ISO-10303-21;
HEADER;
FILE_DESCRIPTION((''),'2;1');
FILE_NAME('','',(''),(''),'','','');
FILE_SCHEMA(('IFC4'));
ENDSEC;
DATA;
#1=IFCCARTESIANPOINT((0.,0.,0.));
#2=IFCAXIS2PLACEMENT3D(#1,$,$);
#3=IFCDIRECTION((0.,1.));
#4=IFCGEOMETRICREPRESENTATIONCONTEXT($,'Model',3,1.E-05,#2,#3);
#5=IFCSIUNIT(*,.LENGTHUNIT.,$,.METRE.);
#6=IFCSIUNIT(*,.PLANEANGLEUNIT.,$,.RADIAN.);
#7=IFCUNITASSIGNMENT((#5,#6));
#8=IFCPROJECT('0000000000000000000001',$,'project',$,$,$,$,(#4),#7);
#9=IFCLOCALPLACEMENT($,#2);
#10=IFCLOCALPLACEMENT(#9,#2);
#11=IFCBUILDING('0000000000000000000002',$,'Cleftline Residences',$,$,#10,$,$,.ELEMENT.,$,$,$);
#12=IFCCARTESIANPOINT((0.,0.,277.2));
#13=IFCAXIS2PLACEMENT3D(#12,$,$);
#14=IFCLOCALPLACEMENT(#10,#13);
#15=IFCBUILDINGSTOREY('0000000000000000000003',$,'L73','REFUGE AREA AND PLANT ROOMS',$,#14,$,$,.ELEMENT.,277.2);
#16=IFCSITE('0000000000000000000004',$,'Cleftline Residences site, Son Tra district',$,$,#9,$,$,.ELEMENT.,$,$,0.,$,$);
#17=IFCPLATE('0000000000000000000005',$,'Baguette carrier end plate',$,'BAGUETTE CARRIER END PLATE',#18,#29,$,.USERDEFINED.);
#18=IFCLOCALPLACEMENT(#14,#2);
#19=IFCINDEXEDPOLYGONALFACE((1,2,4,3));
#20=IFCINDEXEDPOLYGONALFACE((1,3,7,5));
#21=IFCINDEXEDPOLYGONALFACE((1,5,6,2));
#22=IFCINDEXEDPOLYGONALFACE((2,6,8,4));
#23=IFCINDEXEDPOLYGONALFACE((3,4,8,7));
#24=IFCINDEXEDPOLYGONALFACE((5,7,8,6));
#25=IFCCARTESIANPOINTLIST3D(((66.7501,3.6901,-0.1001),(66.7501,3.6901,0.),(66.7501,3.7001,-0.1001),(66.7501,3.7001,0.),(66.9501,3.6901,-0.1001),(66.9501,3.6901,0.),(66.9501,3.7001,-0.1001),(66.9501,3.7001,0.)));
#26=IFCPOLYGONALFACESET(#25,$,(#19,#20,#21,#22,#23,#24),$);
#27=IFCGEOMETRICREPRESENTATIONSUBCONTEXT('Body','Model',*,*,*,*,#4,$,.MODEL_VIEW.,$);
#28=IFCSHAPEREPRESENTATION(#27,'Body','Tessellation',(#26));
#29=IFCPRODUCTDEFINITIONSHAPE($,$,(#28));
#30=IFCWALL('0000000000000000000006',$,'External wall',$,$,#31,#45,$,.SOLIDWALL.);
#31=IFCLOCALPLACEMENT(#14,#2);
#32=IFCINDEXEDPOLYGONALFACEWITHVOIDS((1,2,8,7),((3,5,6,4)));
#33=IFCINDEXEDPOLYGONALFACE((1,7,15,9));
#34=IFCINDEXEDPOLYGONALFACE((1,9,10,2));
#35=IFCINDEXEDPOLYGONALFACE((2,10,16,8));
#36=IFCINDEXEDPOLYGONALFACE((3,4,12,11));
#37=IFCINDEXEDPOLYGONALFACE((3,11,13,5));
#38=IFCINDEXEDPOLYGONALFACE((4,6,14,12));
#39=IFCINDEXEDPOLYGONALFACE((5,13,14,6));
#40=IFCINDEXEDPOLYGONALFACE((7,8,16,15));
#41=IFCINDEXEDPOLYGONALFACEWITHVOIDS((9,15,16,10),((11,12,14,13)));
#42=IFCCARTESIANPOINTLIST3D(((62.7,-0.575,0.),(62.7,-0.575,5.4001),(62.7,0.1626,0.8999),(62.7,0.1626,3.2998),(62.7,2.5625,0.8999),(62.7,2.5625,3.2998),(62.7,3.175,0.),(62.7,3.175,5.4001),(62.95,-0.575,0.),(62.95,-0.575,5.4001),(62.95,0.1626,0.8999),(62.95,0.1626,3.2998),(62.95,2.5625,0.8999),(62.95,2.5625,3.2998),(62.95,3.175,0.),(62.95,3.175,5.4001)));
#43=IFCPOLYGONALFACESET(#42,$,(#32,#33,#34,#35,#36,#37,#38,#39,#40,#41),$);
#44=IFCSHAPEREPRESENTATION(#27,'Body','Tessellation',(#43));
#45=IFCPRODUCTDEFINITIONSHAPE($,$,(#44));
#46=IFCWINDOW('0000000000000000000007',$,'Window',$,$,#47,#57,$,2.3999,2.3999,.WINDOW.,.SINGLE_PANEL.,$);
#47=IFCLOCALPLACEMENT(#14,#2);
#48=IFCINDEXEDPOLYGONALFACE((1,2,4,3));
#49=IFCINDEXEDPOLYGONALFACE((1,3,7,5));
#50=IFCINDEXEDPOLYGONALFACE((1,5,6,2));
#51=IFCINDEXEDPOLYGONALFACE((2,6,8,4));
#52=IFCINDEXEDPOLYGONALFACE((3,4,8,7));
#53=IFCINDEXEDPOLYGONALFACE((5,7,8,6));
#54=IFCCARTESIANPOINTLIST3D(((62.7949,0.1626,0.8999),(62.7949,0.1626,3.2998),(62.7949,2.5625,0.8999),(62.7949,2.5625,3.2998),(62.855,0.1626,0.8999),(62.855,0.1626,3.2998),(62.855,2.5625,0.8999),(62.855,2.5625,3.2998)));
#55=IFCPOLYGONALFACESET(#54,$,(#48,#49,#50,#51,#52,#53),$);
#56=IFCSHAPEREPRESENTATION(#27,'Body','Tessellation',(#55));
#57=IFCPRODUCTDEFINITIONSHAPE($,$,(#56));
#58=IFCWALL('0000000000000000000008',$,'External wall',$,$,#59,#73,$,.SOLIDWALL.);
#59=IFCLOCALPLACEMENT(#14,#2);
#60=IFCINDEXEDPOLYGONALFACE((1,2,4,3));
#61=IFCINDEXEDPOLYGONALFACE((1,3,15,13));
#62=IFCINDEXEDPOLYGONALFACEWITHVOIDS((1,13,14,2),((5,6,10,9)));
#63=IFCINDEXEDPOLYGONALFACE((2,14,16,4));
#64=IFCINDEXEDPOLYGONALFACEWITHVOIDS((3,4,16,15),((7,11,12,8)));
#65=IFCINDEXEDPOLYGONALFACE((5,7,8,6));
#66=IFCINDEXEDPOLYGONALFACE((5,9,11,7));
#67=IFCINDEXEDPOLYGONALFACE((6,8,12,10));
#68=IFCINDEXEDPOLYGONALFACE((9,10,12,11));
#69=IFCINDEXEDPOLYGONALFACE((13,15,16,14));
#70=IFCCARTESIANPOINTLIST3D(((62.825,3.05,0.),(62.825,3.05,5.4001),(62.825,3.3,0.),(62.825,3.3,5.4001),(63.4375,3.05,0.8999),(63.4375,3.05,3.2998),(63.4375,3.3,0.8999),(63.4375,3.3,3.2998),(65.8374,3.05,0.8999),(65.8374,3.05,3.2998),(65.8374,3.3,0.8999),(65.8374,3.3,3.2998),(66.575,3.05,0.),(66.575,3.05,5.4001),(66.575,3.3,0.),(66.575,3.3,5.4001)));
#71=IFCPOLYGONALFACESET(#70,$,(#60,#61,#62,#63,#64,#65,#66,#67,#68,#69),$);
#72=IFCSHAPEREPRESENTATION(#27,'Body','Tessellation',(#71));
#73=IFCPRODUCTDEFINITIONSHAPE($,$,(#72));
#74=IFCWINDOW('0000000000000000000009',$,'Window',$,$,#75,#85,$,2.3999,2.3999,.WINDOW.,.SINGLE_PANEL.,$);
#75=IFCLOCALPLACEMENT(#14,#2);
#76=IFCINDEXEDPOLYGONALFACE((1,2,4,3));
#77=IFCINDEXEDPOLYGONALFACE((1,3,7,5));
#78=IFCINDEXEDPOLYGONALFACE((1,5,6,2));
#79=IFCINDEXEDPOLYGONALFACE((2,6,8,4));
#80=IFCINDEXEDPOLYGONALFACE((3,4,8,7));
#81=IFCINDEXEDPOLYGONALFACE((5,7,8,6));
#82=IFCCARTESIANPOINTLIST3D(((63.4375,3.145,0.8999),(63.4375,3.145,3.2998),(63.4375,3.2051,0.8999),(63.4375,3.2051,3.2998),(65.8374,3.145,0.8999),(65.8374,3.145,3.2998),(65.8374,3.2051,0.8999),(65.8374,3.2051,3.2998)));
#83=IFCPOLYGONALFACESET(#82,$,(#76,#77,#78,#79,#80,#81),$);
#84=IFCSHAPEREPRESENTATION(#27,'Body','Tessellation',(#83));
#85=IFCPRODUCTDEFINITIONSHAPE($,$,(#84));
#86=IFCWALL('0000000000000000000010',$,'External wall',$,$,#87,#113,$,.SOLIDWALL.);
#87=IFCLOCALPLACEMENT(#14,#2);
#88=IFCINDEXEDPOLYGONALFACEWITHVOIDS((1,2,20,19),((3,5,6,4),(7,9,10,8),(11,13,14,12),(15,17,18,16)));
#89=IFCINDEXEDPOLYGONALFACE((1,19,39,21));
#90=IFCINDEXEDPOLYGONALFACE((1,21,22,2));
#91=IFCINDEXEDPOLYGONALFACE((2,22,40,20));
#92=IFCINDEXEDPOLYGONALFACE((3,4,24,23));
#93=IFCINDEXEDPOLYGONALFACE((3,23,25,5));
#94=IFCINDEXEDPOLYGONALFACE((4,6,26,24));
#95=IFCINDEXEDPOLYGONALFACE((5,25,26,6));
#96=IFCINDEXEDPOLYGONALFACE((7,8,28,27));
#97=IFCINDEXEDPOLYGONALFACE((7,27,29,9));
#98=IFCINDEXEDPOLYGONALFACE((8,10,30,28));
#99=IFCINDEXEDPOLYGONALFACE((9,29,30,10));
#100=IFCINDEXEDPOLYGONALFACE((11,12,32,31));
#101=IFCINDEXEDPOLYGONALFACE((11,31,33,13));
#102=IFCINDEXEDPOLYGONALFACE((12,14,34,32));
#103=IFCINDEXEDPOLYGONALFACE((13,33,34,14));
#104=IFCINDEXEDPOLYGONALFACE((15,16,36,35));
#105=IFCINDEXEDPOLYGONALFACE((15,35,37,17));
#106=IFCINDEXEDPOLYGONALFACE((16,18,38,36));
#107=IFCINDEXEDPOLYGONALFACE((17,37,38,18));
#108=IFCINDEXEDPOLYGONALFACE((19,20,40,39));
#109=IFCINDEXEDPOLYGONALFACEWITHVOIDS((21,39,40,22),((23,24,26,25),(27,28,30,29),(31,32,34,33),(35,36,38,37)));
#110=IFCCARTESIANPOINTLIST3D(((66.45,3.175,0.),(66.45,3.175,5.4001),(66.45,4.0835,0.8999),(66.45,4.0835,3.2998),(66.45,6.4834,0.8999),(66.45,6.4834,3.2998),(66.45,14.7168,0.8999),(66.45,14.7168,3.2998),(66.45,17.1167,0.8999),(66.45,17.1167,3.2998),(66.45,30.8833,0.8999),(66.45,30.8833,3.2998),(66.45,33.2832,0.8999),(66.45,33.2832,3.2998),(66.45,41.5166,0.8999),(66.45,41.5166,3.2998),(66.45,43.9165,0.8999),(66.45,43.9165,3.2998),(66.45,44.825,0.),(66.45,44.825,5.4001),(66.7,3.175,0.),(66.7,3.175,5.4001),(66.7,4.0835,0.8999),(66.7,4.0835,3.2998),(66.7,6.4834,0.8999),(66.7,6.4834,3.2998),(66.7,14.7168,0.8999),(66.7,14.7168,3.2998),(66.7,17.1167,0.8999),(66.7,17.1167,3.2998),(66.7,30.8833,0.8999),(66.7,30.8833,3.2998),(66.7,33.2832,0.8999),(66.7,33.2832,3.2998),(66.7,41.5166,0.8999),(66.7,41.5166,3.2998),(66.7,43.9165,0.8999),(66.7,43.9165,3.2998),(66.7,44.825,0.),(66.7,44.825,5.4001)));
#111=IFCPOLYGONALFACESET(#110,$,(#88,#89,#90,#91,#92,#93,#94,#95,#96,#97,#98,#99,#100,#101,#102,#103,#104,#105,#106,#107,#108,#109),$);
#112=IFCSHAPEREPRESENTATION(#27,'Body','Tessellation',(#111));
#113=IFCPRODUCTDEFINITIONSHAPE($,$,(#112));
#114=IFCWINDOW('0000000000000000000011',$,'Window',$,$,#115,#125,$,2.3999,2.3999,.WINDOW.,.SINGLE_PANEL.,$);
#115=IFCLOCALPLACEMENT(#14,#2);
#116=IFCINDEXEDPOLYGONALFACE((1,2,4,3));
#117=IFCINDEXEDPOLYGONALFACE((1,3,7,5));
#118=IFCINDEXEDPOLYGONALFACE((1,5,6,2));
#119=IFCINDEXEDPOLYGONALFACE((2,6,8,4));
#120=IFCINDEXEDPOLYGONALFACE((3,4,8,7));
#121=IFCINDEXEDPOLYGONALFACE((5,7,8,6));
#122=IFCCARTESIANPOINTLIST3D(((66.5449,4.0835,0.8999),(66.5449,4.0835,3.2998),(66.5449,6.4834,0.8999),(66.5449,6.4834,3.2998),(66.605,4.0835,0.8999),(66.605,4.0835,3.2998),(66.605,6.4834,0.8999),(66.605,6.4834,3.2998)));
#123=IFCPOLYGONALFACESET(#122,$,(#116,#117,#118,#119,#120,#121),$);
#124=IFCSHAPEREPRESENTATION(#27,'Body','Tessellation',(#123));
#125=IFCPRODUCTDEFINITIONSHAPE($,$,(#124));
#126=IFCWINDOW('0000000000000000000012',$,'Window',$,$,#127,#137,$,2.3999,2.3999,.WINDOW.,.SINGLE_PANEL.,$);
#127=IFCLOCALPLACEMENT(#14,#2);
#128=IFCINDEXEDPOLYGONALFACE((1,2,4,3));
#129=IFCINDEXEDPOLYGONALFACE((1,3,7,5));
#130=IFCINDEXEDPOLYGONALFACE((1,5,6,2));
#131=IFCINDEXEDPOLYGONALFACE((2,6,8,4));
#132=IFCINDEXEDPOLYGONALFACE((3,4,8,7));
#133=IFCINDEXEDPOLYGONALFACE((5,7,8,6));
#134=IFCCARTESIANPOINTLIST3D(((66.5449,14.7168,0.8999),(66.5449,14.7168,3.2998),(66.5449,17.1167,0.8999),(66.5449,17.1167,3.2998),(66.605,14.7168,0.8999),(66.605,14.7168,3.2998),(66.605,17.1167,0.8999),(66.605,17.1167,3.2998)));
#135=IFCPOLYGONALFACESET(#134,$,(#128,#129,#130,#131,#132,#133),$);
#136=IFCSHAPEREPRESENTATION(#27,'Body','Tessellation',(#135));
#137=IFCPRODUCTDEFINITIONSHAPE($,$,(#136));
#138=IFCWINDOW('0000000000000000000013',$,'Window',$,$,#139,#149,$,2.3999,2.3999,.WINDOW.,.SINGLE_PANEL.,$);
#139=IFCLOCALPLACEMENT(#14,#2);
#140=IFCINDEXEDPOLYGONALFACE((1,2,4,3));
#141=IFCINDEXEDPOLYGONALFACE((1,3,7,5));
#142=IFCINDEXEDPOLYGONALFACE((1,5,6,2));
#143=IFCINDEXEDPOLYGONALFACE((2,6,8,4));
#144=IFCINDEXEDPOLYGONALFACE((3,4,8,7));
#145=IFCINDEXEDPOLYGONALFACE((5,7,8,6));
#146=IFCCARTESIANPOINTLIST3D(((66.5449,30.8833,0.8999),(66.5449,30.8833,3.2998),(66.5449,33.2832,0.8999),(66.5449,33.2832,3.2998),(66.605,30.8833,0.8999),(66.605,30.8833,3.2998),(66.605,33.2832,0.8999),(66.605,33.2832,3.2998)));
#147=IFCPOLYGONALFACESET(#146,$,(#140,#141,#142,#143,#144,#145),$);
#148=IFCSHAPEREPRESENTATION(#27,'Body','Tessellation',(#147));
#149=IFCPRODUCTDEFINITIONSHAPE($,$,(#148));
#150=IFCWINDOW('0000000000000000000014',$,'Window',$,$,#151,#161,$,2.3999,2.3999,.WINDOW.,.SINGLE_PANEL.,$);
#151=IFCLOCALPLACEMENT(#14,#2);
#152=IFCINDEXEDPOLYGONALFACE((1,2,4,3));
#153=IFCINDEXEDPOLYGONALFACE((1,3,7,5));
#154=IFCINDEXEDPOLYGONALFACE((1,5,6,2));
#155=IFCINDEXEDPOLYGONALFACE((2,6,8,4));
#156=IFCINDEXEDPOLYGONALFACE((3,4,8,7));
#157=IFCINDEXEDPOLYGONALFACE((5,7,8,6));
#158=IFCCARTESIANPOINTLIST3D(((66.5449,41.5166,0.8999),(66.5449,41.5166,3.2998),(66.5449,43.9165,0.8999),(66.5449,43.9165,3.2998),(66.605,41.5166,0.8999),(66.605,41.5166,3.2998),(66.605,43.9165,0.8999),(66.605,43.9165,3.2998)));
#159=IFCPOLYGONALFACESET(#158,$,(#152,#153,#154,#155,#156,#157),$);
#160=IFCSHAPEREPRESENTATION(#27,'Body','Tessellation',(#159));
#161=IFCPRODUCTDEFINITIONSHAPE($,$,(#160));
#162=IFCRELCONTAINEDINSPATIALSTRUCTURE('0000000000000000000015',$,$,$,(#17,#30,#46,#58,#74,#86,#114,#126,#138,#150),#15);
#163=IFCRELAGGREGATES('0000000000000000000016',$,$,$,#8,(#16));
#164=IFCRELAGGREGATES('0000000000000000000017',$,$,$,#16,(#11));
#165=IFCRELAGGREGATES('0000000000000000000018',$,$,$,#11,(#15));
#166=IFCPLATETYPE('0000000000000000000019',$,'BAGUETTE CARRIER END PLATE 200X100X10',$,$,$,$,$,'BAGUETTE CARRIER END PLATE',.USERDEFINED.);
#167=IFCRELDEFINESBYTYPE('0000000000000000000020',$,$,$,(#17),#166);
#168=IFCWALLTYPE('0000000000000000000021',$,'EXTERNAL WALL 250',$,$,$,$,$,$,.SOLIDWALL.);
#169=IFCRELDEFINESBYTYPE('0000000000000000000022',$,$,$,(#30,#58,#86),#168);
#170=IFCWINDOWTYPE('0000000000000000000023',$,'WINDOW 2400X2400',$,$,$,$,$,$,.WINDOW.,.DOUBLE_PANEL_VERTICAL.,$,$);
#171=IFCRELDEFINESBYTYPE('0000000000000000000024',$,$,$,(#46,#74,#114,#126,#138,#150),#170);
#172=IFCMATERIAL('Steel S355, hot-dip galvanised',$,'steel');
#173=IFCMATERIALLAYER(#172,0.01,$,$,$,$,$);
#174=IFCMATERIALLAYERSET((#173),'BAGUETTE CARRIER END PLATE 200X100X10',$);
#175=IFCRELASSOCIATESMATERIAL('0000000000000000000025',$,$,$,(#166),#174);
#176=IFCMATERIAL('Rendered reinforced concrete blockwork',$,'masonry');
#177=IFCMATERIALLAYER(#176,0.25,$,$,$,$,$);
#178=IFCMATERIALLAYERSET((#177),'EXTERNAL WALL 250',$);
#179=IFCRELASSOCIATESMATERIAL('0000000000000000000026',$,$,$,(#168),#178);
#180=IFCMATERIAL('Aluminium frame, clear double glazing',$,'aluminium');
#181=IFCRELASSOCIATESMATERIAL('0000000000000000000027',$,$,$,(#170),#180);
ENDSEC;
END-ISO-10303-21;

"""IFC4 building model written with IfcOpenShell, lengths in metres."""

from ifc_helpers import new_model, si_unit, direction, frame, frame_2d, origin, origin_2d, place, context, subcontext, project, spatial, rectangle, extrude, material, layer, layer_set, type_object, element, fill, save


model = new_model("IFC4")

# Units and contexts
model_context = context("Model", 3, precision=1e-05, world=origin(), true_north=direction((0.0, 1.0)))
body_context = subcontext(model_context, "Body", "Model", "MODEL_VIEW")
ifc_project = project(units=[si_unit("LENGTHUNIT", "METRE"), si_unit("PLANEANGLEUNIT", "RADIAN")], contexts=[model_context])

# Site, building, storey
site_placement = place(None, origin())
site = spatial("IfcSite", under=ifc_project, at=site_placement, Name="Cleftline Residences site, Son Tra district", CompositionType="ELEMENT", RefElevation=0.0)
building_placement = place(site_placement, origin())
building = spatial("IfcBuilding", under=site, at=building_placement, Name="Cleftline Residences", CompositionType="ELEMENT")
storey_placement = place(building_placement, frame((0.0, 0.0, 277.2)))
storey = spatial("IfcBuildingStorey", under=building, at=storey_placement, Name="L73", Description="REFUGE AREA AND PLANT ROOMS", CompositionType="ELEMENT", Elevation=277.2)

# Plate
ifc_material_1 = material(Name="Steel S355, hot-dip galvanised", Category="steel")
ifc_layer_1 = layer(ifc_material_1, 0.01)
ifc_layer_set_1 = layer_set([ifc_layer_1], Name="BAGUETTE CARRIER END PLATE 200X100X10")
plate_type = type_object("IfcPlateType", Name="BAGUETTE CARRIER END PLATE 200X100X10", ElementType="BAGUETTE CARRIER END PLATE", PredefinedType="USERDEFINED", material=ifc_layer_set_1)
plate_placement = place(storey_placement, frame((66.8501, 3.6951, -0.1001), z_axis=(0.0, 0.0, 1.0), x_axis=(1.0, 0.0, 0.0)))
element("IfcPlate", 1, at=plate_placement, inside=storey, type_object=plate_type, Name="Baguette carrier end plate", ObjectType="BAGUETTE CARRIER END PLATE", PredefinedType="USERDEFINED", context=body_context, shape_type="SweptSolid", body=[
    extrude(rectangle(XDim=0.2, YDim=0.01, at=origin_2d()), origin(), (0.0, 0.0, 1.0), 0.1001),
])

# Walls, openings, windows
ifc_material_2 = material(Name="Rendered reinforced concrete blockwork", Category="masonry")
ifc_layer_2 = layer(ifc_material_2, 0.25)
ifc_layer_set_2 = layer_set([ifc_layer_2], Name="EXTERNAL WALL 250")
wall_type = type_object("IfcWallType", Name="EXTERNAL WALL 250", PredefinedType="SOLIDWALL", material=ifc_layer_set_2)
wall_1_placement = place(storey_placement, frame((62.825, -0.575, 0.0), z_axis=(0.0, 0.0, 1.0), x_axis=(0.0, 1.0, 0.0)))
wall_1 = element("IfcWall", 2, at=wall_1_placement, inside=storey, type_object=wall_type, Name="External wall", PredefinedType="SOLIDWALL", context=body_context, shape_type="SweptSolid", body=[
    extrude(rectangle(XDim=3.75, YDim=0.25, at=frame_2d((1.875, 0.0))), origin(), (0.0, 0.0, 1.0), 5.4001),
])
opening_1_placement = place(wall_1_placement, frame((0.7375, 0.0, 0.8999)))
opening_1 = element("IfcOpeningElement", 3, at=opening_1_placement, cuts=wall_1, PredefinedType="OPENING", context=body_context, shape_type="SweptSolid", body=[
    extrude(rectangle(XDim=2.3999, YDim=2.3999, at=frame_2d((1.2, 1.2))), frame((0.0, 0.135, 0.0), z_axis=(0.0, -1.0, 0.0), x_axis=(1.0, 0.0, 0.0)), (0.0, 0.0, 1.0), 0.27),
])
ifc_material_3 = material(Name="Aluminium frame, clear double glazing", Category="aluminium")
window_type = type_object("IfcWindowType", Name="WINDOW 2400X2400", PartitioningType="DOUBLE_PANEL_VERTICAL", PredefinedType="WINDOW", material=ifc_material_3)
window_1_placement = place(opening_1_placement, origin())
window_1 = element("IfcWindow", 4, at=window_1_placement, inside=storey, type_object=window_type, Name="Window", OverallHeight=2.3999, OverallWidth=2.3999, PartitioningType="SINGLE_PANEL", PredefinedType="WINDOW", context=body_context, shape_type="SweptSolid", body=[
    extrude(rectangle(XDim=2.3999, YDim=2.3999, at=frame_2d((1.2, 1.2))), frame((0.0, 0.03, 0.0), z_axis=(0.0, -1.0, 0.0), x_axis=(1.0, 0.0, 0.0)), (0.0, 0.0, 1.0), 0.0601),
])
fill(opening_1, window_1)
wall_2_placement = place(storey_placement, frame((62.825, 3.175, 0.0), z_axis=(0.0, 0.0, 1.0), x_axis=(1.0, 0.0, 0.0)))
wall_2 = element("IfcWall", 5, at=wall_2_placement, inside=storey, type_object=wall_type, Name="External wall", PredefinedType="SOLIDWALL", context=body_context, shape_type="SweptSolid", body=[
    extrude(rectangle(XDim=3.75, YDim=0.25, at=frame_2d((1.875, 0.0))), origin(), (0.0, 0.0, 1.0), 5.4001),
])
opening_2_placement = place(wall_2_placement, frame((0.6125, 0.0, 0.8999)))
opening_2 = element("IfcOpeningElement", 6, at=opening_2_placement, cuts=wall_2, PredefinedType="OPENING", context=body_context, shape_type="SweptSolid", body=[
    extrude(rectangle(XDim=2.3999, YDim=2.3999, at=frame_2d((1.2, 1.2))), frame((0.0, 0.135, 0.0), z_axis=(0.0, -1.0, 0.0), x_axis=(1.0, 0.0, 0.0)), (0.0, 0.0, 1.0), 0.27),
])
window_2_placement = place(opening_2_placement, origin())
window_2 = element("IfcWindow", 7, at=window_2_placement, inside=storey, type_object=window_type, Name="Window", OverallHeight=2.3999, OverallWidth=2.3999, PartitioningType="SINGLE_PANEL", PredefinedType="WINDOW", context=body_context, shape_type="SweptSolid", body=[
    extrude(rectangle(XDim=2.3999, YDim=2.3999, at=frame_2d((1.2, 1.2))), frame((0.0, 0.03, 0.0), z_axis=(0.0, -1.0, 0.0), x_axis=(1.0, 0.0, 0.0)), (0.0, 0.0, 1.0), 0.0601),
])
fill(opening_2, window_2)

# Wall, openings, windows
wall_3_placement = place(storey_placement, frame((66.575, 3.175, 0.0), z_axis=(0.0, 0.0, 1.0), x_axis=(0.0, 1.0, 0.0)))
wall_3 = element("IfcWall", 8, at=wall_3_placement, inside=storey, type_object=wall_type, Name="External wall", PredefinedType="SOLIDWALL", context=body_context, shape_type="SweptSolid", body=[
    extrude(rectangle(XDim=41.6499, YDim=0.25, at=frame_2d((20.825, 0.0))), origin(), (0.0, 0.0, 1.0), 5.4001),
])
opening_3_placement = place(wall_3_placement, frame((0.9084, 0.0, 0.8999)))
opening_3 = element("IfcOpeningElement", 9, at=opening_3_placement, cuts=wall_3, PredefinedType="OPENING", context=body_context, shape_type="SweptSolid", body=[
    extrude(rectangle(XDim=2.3999, YDim=2.3999, at=frame_2d((1.2, 1.2))), frame((0.0, 0.135, 0.0), z_axis=(0.0, -1.0, 0.0), x_axis=(1.0, 0.0, 0.0)), (0.0, 0.0, 1.0), 0.27),
])
opening_4_placement = place(wall_3_placement, frame((11.5417, 0.0, 0.8999)))
opening_4 = element("IfcOpeningElement", 10, at=opening_4_placement, cuts=wall_3, PredefinedType="OPENING", context=body_context, shape_type="SweptSolid", body=[
    extrude(rectangle(XDim=2.3999, YDim=2.3999, at=frame_2d((1.2, 1.2))), frame((0.0, 0.135, 0.0), z_axis=(0.0, -1.0, 0.0), x_axis=(1.0, 0.0, 0.0)), (0.0, 0.0, 1.0), 0.27),
])
opening_5_placement = place(wall_3_placement, frame((27.7083, 0.0, 0.8999)))
opening_5 = element("IfcOpeningElement", 11, at=opening_5_placement, cuts=wall_3, PredefinedType="OPENING", context=body_context, shape_type="SweptSolid", body=[
    extrude(rectangle(XDim=2.3999, YDim=2.3999, at=frame_2d((1.2, 1.2))), frame((0.0, 0.135, 0.0), z_axis=(0.0, -1.0, 0.0), x_axis=(1.0, 0.0, 0.0)), (0.0, 0.0, 1.0), 0.27),
])
opening_6_placement = place(wall_3_placement, frame((38.3416, 0.0, 0.8999)))
opening_6 = element("IfcOpeningElement", 12, at=opening_6_placement, cuts=wall_3, PredefinedType="OPENING", context=body_context, shape_type="SweptSolid", body=[
    extrude(rectangle(XDim=2.3999, YDim=2.3999, at=frame_2d((1.2, 1.2))), frame((0.0, 0.135, 0.0), z_axis=(0.0, -1.0, 0.0), x_axis=(1.0, 0.0, 0.0)), (0.0, 0.0, 1.0), 0.27),
])
window_3_placement = place(opening_3_placement, origin())
window_3 = element("IfcWindow", 13, at=window_3_placement, inside=storey, type_object=window_type, Name="Window", OverallHeight=2.3999, OverallWidth=2.3999, PartitioningType="SINGLE_PANEL", PredefinedType="WINDOW", context=body_context, shape_type="SweptSolid", body=[
    extrude(rectangle(XDim=2.3999, YDim=2.3999, at=frame_2d((1.2, 1.2))), frame((0.0, 0.03, 0.0), z_axis=(0.0, -1.0, 0.0), x_axis=(1.0, 0.0, 0.0)), (0.0, 0.0, 1.0), 0.0601),
])
fill(opening_3, window_3)
window_4_placement = place(opening_4_placement, origin())
window_4 = element("IfcWindow", 14, at=window_4_placement, inside=storey, type_object=window_type, Name="Window", OverallHeight=2.3999, OverallWidth=2.3999, PartitioningType="SINGLE_PANEL", PredefinedType="WINDOW", context=body_context, shape_type="SweptSolid", body=[
    extrude(rectangle(XDim=2.3999, YDim=2.3999, at=frame_2d((1.2, 1.2))), frame((0.0, 0.03, 0.0), z_axis=(0.0, -1.0, 0.0), x_axis=(1.0, 0.0, 0.0)), (0.0, 0.0, 1.0), 0.0601),
])
fill(opening_4, window_4)
window_5_placement = place(opening_5_placement, origin())
window_5 = element("IfcWindow", 15, at=window_5_placement, inside=storey, type_object=window_type, Name="Window", OverallHeight=2.3999, OverallWidth=2.3999, PartitioningType="SINGLE_PANEL", PredefinedType="WINDOW", context=body_context, shape_type="SweptSolid", body=[
    extrude(rectangle(XDim=2.3999, YDim=2.3999, at=frame_2d((1.2, 1.2))), frame((0.0, 0.03, 0.0), z_axis=(0.0, -1.0, 0.0), x_axis=(1.0, 0.0, 0.0)), (0.0, 0.0, 1.0), 0.0601),
])
fill(opening_5, window_5)
window_6_placement = place(opening_6_placement, origin())
window_6 = element("IfcWindow", 16, at=window_6_placement, inside=storey, type_object=window_type, Name="Window", OverallHeight=2.3999, OverallWidth=2.3999, PartitioningType="SINGLE_PANEL", PredefinedType="WINDOW", context=body_context, shape_type="SweptSolid", body=[
    extrude(rectangle(XDim=2.3999, YDim=2.3999, at=frame_2d((1.2, 1.2))), frame((0.0, 0.03, 0.0), z_axis=(0.0, -1.0, 0.0), x_axis=(1.0, 0.0, 0.0)), (0.0, 0.0, 1.0), 0.0601),
])
fill(opening_6, window_6)

save(model, "model.ifc")
